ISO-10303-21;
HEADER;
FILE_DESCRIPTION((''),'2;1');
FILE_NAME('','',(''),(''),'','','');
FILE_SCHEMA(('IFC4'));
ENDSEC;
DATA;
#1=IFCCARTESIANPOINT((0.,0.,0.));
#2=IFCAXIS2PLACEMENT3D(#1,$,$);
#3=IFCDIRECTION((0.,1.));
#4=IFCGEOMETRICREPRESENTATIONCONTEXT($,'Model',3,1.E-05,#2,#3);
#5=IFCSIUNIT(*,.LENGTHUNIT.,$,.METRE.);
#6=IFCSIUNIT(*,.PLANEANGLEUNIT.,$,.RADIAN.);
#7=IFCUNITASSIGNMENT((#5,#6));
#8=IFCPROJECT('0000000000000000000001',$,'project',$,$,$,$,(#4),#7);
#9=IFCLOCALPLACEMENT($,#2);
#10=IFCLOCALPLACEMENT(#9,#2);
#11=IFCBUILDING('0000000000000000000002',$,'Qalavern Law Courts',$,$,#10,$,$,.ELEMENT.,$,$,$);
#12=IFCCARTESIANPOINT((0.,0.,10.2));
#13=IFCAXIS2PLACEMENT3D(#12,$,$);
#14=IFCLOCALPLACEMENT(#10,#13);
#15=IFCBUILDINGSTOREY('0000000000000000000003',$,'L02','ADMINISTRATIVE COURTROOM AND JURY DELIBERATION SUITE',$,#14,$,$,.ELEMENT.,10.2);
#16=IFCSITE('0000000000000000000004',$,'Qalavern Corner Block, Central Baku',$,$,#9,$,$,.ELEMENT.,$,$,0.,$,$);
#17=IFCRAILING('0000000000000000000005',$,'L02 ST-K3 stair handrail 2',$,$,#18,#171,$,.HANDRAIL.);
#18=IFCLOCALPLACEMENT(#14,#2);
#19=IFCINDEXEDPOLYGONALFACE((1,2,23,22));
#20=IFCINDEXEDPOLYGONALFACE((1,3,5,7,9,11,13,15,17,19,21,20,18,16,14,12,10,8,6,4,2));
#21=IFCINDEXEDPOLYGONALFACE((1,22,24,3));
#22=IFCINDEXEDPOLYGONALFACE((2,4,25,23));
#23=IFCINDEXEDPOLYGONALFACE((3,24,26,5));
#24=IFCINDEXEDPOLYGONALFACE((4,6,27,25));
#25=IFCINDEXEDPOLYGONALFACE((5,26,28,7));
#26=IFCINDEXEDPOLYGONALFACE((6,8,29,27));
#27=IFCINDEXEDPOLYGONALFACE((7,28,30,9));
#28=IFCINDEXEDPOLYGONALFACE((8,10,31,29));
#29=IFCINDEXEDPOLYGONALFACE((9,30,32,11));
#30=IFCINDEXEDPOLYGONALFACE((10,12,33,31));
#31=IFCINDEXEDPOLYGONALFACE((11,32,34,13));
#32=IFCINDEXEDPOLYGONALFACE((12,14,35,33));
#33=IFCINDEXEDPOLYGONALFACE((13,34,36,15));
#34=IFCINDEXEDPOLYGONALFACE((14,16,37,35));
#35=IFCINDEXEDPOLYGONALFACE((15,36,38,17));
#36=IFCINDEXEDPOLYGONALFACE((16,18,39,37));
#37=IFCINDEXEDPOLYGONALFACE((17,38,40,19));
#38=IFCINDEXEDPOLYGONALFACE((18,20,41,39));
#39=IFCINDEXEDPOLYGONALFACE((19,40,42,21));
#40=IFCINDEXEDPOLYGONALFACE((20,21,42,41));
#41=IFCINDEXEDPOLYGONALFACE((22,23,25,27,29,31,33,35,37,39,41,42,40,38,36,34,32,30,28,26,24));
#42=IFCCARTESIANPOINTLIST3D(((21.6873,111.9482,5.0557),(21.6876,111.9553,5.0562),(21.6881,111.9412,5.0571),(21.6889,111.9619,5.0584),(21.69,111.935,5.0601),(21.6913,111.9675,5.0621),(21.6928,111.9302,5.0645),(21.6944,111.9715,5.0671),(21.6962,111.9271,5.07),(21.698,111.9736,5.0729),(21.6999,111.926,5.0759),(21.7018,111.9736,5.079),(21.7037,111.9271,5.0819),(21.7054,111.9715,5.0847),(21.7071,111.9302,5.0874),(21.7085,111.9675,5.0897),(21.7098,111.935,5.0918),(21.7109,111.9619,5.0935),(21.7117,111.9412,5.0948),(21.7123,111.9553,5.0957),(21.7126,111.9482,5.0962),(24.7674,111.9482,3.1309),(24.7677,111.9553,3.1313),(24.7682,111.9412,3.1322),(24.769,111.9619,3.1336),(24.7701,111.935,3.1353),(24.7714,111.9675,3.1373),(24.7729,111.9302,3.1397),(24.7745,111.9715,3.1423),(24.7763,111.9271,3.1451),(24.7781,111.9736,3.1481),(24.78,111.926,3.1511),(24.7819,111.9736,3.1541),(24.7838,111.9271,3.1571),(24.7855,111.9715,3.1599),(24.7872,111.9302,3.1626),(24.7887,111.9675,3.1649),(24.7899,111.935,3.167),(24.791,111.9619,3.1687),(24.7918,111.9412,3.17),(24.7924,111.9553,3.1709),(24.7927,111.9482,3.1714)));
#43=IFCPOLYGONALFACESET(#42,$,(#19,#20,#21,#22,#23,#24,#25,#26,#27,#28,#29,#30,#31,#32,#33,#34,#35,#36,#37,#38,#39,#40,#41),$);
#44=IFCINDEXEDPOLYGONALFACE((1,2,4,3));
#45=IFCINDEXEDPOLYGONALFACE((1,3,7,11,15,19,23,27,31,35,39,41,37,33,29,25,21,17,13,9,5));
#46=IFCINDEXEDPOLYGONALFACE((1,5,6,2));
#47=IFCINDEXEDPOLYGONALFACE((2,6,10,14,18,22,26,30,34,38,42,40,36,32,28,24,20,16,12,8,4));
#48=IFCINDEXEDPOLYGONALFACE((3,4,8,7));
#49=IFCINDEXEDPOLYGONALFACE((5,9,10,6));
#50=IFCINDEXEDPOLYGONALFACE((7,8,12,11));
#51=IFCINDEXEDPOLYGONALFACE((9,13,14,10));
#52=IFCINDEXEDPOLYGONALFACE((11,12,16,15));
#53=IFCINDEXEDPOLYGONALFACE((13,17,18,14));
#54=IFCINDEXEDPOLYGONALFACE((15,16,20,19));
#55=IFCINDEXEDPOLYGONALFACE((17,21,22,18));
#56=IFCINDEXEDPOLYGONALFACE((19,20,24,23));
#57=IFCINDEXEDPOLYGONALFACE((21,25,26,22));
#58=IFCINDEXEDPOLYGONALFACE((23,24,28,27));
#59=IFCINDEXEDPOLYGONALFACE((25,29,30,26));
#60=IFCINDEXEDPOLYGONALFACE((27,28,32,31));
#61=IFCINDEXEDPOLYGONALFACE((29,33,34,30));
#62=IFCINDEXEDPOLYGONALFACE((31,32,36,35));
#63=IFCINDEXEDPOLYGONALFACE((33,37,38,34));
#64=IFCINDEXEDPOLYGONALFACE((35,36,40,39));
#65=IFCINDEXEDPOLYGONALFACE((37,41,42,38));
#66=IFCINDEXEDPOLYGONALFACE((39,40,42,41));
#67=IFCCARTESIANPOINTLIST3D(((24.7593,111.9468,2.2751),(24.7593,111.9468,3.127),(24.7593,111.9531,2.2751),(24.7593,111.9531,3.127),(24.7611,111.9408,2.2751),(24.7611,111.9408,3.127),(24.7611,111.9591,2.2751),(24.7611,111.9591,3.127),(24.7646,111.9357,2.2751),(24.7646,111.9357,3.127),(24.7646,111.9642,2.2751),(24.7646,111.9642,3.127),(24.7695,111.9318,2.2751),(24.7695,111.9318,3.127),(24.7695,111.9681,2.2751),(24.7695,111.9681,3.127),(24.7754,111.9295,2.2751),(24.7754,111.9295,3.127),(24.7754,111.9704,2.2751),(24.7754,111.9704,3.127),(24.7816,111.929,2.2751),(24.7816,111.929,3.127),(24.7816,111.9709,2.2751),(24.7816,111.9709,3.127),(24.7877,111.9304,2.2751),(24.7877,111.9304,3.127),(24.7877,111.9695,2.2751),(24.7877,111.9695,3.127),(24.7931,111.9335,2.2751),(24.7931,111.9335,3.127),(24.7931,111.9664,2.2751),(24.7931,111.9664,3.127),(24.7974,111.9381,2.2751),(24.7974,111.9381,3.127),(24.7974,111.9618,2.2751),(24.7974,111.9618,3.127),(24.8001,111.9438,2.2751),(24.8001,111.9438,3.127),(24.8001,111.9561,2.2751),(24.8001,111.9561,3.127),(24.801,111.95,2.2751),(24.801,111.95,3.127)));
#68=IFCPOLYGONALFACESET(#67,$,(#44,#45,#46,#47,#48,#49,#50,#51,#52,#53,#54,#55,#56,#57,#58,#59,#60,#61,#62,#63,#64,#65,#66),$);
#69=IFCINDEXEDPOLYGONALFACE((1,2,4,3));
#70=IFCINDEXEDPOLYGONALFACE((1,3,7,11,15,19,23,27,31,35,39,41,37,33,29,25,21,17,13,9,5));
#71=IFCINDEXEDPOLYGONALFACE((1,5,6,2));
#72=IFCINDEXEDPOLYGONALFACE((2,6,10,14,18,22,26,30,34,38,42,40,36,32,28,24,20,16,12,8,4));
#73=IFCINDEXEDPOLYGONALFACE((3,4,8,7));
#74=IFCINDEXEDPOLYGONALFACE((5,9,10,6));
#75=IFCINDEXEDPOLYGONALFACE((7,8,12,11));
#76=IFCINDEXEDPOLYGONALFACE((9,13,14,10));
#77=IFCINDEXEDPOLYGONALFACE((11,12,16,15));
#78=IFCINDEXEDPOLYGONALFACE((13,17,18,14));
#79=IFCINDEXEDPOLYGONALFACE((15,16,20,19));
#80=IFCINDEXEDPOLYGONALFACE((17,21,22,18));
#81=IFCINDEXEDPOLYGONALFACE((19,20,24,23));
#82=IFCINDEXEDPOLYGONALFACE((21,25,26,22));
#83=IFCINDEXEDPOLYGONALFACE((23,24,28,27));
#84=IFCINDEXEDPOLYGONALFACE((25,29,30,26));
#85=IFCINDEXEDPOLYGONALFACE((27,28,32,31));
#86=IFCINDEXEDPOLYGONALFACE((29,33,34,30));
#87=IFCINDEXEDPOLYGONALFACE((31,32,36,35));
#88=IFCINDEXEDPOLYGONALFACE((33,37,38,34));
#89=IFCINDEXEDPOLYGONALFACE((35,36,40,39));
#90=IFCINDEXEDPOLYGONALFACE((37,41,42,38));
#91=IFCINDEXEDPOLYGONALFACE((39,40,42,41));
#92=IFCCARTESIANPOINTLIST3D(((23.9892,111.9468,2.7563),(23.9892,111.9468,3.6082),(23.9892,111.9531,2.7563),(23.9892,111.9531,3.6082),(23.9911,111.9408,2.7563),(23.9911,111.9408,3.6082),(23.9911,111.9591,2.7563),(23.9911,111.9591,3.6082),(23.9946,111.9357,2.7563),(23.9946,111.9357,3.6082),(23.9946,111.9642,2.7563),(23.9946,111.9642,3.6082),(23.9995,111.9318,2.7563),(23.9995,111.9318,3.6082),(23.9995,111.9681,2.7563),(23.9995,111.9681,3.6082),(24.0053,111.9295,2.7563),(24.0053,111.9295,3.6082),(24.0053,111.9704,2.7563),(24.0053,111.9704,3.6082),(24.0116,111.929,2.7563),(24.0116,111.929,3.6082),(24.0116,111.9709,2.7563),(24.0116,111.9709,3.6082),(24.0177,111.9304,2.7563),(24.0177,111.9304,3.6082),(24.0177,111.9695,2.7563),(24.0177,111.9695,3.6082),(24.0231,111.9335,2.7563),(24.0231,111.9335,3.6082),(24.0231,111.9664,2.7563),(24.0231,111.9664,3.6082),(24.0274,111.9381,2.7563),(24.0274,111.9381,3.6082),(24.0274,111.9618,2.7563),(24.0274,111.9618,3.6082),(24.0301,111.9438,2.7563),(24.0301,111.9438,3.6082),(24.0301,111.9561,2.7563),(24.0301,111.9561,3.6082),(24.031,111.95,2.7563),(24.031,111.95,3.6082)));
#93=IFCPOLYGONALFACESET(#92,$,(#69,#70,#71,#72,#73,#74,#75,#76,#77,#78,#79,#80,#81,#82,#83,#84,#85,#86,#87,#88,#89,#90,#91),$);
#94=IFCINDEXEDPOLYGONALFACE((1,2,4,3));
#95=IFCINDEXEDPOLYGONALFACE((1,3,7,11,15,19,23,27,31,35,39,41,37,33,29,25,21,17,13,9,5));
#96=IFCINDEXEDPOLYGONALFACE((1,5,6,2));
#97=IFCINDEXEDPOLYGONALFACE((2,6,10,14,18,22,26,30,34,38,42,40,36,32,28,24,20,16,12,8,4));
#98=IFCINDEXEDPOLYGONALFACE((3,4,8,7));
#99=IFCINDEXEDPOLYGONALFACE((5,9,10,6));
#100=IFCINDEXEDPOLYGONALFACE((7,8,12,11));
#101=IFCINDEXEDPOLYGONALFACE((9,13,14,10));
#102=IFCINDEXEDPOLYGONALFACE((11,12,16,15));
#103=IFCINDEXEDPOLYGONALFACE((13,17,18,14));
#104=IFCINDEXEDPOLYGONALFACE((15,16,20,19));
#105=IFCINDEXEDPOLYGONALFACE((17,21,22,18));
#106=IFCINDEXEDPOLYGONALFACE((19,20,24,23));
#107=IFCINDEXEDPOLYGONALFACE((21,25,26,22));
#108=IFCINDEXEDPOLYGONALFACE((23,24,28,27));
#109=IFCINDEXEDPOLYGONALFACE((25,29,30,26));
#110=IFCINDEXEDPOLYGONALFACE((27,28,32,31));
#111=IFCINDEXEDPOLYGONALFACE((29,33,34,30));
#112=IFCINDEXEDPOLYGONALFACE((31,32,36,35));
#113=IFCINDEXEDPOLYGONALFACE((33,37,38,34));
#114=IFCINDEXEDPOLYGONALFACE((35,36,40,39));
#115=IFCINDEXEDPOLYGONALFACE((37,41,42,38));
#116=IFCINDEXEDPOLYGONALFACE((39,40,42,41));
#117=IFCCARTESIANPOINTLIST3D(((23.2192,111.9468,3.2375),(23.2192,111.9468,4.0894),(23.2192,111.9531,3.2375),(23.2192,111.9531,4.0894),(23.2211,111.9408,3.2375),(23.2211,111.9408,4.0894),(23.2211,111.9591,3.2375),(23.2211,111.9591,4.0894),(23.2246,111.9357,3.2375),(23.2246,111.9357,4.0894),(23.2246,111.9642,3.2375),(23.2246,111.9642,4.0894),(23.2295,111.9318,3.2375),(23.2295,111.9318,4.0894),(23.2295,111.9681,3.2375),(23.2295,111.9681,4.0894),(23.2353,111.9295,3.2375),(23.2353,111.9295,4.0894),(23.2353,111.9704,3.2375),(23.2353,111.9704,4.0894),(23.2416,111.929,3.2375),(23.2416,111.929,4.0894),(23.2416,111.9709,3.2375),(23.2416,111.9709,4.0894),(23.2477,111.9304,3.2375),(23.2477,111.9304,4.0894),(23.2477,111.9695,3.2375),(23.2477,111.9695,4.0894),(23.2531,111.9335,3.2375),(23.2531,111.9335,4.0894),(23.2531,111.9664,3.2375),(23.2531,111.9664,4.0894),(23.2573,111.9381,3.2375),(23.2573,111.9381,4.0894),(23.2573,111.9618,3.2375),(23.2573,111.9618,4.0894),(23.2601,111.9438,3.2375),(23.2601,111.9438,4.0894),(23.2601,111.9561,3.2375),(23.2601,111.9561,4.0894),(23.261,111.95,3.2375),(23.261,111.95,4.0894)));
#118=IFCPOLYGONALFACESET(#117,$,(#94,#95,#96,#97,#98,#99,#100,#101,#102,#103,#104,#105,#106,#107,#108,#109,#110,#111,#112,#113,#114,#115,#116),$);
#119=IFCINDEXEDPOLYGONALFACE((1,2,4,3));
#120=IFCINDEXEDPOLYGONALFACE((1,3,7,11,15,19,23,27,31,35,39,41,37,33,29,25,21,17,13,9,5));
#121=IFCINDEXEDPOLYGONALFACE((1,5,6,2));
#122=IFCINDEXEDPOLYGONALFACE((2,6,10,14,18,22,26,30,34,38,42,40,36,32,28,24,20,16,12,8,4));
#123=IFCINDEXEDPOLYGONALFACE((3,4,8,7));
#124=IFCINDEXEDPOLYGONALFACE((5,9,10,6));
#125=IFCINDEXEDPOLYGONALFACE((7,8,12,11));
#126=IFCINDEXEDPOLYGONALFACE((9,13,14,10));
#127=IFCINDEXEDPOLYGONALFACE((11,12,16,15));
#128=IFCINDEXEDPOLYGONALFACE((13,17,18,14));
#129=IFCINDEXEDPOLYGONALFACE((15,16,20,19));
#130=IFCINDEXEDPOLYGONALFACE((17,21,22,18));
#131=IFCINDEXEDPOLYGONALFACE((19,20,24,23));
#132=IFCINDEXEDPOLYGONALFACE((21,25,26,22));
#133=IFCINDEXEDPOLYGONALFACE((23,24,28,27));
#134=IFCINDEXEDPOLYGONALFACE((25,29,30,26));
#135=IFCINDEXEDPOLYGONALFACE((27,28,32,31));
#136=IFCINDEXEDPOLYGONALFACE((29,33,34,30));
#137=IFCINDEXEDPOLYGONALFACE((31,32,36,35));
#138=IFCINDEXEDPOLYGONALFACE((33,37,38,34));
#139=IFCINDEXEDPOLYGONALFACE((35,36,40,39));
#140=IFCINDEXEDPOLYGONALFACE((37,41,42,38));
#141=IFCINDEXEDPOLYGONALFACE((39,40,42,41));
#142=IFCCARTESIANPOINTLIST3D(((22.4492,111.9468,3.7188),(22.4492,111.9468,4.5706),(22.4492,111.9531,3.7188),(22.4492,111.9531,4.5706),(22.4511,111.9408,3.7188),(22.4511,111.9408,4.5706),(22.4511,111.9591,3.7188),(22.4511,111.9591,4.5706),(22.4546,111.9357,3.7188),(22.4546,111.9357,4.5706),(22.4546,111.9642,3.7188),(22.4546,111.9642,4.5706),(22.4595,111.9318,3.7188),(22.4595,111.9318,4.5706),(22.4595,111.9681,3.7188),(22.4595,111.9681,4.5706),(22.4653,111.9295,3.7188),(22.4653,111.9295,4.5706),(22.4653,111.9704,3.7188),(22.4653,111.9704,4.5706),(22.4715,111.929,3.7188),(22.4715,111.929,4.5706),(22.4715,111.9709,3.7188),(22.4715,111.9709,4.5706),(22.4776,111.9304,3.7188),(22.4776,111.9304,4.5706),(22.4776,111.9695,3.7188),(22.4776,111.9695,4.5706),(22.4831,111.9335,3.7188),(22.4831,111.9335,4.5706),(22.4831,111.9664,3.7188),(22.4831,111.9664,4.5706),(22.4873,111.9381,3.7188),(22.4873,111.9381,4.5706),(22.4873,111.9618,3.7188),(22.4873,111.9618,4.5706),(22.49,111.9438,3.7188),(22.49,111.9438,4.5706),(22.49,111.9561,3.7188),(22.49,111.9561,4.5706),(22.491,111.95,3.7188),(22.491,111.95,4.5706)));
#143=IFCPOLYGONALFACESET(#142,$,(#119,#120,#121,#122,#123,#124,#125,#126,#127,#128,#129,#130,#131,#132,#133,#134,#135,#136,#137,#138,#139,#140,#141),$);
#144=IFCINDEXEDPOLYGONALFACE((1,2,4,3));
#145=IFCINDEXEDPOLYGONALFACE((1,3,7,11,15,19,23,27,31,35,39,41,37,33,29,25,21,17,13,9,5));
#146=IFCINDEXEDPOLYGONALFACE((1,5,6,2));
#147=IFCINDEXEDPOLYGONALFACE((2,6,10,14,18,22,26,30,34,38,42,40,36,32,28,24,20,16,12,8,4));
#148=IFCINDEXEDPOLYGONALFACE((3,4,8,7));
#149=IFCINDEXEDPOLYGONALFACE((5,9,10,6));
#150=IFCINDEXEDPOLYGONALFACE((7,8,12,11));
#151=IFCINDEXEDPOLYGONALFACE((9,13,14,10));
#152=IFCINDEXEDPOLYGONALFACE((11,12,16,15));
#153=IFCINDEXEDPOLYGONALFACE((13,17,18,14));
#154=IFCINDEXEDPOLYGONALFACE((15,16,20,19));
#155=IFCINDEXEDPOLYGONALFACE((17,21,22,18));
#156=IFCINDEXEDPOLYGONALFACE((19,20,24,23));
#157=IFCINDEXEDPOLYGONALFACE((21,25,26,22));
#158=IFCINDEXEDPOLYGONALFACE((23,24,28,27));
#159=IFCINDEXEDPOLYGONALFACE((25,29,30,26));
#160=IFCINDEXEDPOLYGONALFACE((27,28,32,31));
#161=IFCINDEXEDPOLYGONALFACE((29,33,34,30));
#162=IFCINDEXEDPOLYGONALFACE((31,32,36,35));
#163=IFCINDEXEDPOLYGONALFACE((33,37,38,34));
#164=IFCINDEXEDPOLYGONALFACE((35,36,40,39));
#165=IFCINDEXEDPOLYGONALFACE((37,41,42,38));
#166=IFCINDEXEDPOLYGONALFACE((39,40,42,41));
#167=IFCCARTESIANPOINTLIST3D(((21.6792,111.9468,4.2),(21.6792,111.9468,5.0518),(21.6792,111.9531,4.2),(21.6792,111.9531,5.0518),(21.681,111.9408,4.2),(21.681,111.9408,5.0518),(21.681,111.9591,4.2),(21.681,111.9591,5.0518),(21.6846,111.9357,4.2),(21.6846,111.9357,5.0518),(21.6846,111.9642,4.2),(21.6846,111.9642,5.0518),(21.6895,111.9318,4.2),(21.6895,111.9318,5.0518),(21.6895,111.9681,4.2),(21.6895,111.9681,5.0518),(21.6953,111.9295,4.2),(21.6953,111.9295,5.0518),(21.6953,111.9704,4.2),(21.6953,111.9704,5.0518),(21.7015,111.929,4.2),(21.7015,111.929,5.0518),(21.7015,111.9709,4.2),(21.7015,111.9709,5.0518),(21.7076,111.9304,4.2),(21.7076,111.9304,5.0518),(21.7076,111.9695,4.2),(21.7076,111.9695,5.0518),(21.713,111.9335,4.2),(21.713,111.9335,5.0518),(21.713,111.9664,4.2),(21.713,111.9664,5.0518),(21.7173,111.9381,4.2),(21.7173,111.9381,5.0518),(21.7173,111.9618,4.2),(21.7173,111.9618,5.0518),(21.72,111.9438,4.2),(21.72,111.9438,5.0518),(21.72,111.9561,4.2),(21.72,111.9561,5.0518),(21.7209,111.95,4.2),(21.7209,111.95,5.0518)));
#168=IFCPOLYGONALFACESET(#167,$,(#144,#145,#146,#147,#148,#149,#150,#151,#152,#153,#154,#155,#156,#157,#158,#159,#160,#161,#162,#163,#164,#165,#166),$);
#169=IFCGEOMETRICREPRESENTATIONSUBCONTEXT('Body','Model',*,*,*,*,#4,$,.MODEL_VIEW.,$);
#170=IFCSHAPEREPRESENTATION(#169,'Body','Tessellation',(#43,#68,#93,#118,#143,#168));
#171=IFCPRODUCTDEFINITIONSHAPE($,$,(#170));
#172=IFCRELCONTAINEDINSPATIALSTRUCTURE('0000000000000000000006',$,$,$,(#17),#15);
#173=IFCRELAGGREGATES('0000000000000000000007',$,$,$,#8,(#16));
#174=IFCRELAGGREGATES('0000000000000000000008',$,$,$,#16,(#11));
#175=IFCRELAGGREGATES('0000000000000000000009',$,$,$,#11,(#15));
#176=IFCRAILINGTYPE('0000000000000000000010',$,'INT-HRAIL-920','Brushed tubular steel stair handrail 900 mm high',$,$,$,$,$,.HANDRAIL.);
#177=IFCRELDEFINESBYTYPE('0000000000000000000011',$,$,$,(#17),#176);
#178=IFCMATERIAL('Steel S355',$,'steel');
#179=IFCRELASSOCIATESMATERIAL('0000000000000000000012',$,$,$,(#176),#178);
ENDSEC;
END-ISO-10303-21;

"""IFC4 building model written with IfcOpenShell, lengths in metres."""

from ifc_helpers import new_model, si_unit, direction, frame, origin, origin_2d, place, context, subcontext, project, spatial, circle, extrude, material, type_object, element, save


model = new_model("IFC4")

# Units and contexts
model_context = context("Model", 3, precision=1e-05, world=origin(), true_north=direction((0.0, 1.0)))
body_context = subcontext(model_context, "Body", "Model", "MODEL_VIEW")
ifc_project = project(units=[si_unit("LENGTHUNIT", "METRE"), si_unit("PLANEANGLEUNIT", "RADIAN")], contexts=[model_context])

# Site, building, storey
site_placement = place(None, origin())
site = spatial("IfcSite", under=ifc_project, at=site_placement, Name="Qalavern Corner Block, Central Baku", CompositionType="ELEMENT", RefElevation=0.0)
building_placement = place(site_placement, origin())
building = spatial("IfcBuilding", under=site, at=building_placement, Name="Qalavern Law Courts", CompositionType="ELEMENT")
storey_placement = place(building_placement, frame((0.0, 0.0, 10.2)))
storey = spatial("IfcBuildingStorey", under=building, at=storey_placement, Name="L02", Description="ADMINISTRATIVE COURTROOM AND JURY DELIBERATION SUITE", CompositionType="ELEMENT", Elevation=10.2)

# Railing
ifc_material_1 = material(Name="Steel S355", Category="steel")
railing_type = type_object("IfcRailingType", Name="INT-HRAIL-920", Description="Brushed tubular steel stair handrail 900 mm high", PredefinedType="HANDRAIL", material=ifc_material_1)
railing_placement = place(storey_placement, frame((24.78, 111.95, 2.2751)))
element("IfcRailing", 1, at=railing_placement, inside=storey, type_object=railing_type, Name="L02 ST-K3 stair handrail 2", PredefinedType="HANDRAIL", context=body_context, shape_type="SweptSolid", body=[
    extrude(circle(Radius=0.0239, at=origin_2d()), frame((0.0, 0.0, 0.876), z_axis=(-0.848029, 0.0, 0.529951), x_axis=(0.0, -1.0, 0.0)), (0.0, 0.0, 1.0), 3.6321),
    extrude(circle(Radius=0.021, at=origin_2d()), origin(), (0.0, 0.0, 1.0), 0.8518),
    extrude(circle(Radius=0.021, at=origin_2d()), frame((-0.77, 0.0, 0.4812)), (0.0, 0.0, 1.0), 0.8518),
    extrude(circle(Radius=0.021, at=origin_2d()), frame((-1.54, 0.0, 0.9624)), (0.0, 0.0, 1.0), 0.8518),
    extrude(circle(Radius=0.021, at=origin_2d()), frame((-2.3101, 0.0, 1.4436)), (0.0, 0.0, 1.0), 0.8518),
    extrude(circle(Radius=0.021, at=origin_2d()), frame((-3.0801, 0.0, 1.9248)), (0.0, 0.0, 1.0), 0.8518),
])

save(model, "model.ifc")
